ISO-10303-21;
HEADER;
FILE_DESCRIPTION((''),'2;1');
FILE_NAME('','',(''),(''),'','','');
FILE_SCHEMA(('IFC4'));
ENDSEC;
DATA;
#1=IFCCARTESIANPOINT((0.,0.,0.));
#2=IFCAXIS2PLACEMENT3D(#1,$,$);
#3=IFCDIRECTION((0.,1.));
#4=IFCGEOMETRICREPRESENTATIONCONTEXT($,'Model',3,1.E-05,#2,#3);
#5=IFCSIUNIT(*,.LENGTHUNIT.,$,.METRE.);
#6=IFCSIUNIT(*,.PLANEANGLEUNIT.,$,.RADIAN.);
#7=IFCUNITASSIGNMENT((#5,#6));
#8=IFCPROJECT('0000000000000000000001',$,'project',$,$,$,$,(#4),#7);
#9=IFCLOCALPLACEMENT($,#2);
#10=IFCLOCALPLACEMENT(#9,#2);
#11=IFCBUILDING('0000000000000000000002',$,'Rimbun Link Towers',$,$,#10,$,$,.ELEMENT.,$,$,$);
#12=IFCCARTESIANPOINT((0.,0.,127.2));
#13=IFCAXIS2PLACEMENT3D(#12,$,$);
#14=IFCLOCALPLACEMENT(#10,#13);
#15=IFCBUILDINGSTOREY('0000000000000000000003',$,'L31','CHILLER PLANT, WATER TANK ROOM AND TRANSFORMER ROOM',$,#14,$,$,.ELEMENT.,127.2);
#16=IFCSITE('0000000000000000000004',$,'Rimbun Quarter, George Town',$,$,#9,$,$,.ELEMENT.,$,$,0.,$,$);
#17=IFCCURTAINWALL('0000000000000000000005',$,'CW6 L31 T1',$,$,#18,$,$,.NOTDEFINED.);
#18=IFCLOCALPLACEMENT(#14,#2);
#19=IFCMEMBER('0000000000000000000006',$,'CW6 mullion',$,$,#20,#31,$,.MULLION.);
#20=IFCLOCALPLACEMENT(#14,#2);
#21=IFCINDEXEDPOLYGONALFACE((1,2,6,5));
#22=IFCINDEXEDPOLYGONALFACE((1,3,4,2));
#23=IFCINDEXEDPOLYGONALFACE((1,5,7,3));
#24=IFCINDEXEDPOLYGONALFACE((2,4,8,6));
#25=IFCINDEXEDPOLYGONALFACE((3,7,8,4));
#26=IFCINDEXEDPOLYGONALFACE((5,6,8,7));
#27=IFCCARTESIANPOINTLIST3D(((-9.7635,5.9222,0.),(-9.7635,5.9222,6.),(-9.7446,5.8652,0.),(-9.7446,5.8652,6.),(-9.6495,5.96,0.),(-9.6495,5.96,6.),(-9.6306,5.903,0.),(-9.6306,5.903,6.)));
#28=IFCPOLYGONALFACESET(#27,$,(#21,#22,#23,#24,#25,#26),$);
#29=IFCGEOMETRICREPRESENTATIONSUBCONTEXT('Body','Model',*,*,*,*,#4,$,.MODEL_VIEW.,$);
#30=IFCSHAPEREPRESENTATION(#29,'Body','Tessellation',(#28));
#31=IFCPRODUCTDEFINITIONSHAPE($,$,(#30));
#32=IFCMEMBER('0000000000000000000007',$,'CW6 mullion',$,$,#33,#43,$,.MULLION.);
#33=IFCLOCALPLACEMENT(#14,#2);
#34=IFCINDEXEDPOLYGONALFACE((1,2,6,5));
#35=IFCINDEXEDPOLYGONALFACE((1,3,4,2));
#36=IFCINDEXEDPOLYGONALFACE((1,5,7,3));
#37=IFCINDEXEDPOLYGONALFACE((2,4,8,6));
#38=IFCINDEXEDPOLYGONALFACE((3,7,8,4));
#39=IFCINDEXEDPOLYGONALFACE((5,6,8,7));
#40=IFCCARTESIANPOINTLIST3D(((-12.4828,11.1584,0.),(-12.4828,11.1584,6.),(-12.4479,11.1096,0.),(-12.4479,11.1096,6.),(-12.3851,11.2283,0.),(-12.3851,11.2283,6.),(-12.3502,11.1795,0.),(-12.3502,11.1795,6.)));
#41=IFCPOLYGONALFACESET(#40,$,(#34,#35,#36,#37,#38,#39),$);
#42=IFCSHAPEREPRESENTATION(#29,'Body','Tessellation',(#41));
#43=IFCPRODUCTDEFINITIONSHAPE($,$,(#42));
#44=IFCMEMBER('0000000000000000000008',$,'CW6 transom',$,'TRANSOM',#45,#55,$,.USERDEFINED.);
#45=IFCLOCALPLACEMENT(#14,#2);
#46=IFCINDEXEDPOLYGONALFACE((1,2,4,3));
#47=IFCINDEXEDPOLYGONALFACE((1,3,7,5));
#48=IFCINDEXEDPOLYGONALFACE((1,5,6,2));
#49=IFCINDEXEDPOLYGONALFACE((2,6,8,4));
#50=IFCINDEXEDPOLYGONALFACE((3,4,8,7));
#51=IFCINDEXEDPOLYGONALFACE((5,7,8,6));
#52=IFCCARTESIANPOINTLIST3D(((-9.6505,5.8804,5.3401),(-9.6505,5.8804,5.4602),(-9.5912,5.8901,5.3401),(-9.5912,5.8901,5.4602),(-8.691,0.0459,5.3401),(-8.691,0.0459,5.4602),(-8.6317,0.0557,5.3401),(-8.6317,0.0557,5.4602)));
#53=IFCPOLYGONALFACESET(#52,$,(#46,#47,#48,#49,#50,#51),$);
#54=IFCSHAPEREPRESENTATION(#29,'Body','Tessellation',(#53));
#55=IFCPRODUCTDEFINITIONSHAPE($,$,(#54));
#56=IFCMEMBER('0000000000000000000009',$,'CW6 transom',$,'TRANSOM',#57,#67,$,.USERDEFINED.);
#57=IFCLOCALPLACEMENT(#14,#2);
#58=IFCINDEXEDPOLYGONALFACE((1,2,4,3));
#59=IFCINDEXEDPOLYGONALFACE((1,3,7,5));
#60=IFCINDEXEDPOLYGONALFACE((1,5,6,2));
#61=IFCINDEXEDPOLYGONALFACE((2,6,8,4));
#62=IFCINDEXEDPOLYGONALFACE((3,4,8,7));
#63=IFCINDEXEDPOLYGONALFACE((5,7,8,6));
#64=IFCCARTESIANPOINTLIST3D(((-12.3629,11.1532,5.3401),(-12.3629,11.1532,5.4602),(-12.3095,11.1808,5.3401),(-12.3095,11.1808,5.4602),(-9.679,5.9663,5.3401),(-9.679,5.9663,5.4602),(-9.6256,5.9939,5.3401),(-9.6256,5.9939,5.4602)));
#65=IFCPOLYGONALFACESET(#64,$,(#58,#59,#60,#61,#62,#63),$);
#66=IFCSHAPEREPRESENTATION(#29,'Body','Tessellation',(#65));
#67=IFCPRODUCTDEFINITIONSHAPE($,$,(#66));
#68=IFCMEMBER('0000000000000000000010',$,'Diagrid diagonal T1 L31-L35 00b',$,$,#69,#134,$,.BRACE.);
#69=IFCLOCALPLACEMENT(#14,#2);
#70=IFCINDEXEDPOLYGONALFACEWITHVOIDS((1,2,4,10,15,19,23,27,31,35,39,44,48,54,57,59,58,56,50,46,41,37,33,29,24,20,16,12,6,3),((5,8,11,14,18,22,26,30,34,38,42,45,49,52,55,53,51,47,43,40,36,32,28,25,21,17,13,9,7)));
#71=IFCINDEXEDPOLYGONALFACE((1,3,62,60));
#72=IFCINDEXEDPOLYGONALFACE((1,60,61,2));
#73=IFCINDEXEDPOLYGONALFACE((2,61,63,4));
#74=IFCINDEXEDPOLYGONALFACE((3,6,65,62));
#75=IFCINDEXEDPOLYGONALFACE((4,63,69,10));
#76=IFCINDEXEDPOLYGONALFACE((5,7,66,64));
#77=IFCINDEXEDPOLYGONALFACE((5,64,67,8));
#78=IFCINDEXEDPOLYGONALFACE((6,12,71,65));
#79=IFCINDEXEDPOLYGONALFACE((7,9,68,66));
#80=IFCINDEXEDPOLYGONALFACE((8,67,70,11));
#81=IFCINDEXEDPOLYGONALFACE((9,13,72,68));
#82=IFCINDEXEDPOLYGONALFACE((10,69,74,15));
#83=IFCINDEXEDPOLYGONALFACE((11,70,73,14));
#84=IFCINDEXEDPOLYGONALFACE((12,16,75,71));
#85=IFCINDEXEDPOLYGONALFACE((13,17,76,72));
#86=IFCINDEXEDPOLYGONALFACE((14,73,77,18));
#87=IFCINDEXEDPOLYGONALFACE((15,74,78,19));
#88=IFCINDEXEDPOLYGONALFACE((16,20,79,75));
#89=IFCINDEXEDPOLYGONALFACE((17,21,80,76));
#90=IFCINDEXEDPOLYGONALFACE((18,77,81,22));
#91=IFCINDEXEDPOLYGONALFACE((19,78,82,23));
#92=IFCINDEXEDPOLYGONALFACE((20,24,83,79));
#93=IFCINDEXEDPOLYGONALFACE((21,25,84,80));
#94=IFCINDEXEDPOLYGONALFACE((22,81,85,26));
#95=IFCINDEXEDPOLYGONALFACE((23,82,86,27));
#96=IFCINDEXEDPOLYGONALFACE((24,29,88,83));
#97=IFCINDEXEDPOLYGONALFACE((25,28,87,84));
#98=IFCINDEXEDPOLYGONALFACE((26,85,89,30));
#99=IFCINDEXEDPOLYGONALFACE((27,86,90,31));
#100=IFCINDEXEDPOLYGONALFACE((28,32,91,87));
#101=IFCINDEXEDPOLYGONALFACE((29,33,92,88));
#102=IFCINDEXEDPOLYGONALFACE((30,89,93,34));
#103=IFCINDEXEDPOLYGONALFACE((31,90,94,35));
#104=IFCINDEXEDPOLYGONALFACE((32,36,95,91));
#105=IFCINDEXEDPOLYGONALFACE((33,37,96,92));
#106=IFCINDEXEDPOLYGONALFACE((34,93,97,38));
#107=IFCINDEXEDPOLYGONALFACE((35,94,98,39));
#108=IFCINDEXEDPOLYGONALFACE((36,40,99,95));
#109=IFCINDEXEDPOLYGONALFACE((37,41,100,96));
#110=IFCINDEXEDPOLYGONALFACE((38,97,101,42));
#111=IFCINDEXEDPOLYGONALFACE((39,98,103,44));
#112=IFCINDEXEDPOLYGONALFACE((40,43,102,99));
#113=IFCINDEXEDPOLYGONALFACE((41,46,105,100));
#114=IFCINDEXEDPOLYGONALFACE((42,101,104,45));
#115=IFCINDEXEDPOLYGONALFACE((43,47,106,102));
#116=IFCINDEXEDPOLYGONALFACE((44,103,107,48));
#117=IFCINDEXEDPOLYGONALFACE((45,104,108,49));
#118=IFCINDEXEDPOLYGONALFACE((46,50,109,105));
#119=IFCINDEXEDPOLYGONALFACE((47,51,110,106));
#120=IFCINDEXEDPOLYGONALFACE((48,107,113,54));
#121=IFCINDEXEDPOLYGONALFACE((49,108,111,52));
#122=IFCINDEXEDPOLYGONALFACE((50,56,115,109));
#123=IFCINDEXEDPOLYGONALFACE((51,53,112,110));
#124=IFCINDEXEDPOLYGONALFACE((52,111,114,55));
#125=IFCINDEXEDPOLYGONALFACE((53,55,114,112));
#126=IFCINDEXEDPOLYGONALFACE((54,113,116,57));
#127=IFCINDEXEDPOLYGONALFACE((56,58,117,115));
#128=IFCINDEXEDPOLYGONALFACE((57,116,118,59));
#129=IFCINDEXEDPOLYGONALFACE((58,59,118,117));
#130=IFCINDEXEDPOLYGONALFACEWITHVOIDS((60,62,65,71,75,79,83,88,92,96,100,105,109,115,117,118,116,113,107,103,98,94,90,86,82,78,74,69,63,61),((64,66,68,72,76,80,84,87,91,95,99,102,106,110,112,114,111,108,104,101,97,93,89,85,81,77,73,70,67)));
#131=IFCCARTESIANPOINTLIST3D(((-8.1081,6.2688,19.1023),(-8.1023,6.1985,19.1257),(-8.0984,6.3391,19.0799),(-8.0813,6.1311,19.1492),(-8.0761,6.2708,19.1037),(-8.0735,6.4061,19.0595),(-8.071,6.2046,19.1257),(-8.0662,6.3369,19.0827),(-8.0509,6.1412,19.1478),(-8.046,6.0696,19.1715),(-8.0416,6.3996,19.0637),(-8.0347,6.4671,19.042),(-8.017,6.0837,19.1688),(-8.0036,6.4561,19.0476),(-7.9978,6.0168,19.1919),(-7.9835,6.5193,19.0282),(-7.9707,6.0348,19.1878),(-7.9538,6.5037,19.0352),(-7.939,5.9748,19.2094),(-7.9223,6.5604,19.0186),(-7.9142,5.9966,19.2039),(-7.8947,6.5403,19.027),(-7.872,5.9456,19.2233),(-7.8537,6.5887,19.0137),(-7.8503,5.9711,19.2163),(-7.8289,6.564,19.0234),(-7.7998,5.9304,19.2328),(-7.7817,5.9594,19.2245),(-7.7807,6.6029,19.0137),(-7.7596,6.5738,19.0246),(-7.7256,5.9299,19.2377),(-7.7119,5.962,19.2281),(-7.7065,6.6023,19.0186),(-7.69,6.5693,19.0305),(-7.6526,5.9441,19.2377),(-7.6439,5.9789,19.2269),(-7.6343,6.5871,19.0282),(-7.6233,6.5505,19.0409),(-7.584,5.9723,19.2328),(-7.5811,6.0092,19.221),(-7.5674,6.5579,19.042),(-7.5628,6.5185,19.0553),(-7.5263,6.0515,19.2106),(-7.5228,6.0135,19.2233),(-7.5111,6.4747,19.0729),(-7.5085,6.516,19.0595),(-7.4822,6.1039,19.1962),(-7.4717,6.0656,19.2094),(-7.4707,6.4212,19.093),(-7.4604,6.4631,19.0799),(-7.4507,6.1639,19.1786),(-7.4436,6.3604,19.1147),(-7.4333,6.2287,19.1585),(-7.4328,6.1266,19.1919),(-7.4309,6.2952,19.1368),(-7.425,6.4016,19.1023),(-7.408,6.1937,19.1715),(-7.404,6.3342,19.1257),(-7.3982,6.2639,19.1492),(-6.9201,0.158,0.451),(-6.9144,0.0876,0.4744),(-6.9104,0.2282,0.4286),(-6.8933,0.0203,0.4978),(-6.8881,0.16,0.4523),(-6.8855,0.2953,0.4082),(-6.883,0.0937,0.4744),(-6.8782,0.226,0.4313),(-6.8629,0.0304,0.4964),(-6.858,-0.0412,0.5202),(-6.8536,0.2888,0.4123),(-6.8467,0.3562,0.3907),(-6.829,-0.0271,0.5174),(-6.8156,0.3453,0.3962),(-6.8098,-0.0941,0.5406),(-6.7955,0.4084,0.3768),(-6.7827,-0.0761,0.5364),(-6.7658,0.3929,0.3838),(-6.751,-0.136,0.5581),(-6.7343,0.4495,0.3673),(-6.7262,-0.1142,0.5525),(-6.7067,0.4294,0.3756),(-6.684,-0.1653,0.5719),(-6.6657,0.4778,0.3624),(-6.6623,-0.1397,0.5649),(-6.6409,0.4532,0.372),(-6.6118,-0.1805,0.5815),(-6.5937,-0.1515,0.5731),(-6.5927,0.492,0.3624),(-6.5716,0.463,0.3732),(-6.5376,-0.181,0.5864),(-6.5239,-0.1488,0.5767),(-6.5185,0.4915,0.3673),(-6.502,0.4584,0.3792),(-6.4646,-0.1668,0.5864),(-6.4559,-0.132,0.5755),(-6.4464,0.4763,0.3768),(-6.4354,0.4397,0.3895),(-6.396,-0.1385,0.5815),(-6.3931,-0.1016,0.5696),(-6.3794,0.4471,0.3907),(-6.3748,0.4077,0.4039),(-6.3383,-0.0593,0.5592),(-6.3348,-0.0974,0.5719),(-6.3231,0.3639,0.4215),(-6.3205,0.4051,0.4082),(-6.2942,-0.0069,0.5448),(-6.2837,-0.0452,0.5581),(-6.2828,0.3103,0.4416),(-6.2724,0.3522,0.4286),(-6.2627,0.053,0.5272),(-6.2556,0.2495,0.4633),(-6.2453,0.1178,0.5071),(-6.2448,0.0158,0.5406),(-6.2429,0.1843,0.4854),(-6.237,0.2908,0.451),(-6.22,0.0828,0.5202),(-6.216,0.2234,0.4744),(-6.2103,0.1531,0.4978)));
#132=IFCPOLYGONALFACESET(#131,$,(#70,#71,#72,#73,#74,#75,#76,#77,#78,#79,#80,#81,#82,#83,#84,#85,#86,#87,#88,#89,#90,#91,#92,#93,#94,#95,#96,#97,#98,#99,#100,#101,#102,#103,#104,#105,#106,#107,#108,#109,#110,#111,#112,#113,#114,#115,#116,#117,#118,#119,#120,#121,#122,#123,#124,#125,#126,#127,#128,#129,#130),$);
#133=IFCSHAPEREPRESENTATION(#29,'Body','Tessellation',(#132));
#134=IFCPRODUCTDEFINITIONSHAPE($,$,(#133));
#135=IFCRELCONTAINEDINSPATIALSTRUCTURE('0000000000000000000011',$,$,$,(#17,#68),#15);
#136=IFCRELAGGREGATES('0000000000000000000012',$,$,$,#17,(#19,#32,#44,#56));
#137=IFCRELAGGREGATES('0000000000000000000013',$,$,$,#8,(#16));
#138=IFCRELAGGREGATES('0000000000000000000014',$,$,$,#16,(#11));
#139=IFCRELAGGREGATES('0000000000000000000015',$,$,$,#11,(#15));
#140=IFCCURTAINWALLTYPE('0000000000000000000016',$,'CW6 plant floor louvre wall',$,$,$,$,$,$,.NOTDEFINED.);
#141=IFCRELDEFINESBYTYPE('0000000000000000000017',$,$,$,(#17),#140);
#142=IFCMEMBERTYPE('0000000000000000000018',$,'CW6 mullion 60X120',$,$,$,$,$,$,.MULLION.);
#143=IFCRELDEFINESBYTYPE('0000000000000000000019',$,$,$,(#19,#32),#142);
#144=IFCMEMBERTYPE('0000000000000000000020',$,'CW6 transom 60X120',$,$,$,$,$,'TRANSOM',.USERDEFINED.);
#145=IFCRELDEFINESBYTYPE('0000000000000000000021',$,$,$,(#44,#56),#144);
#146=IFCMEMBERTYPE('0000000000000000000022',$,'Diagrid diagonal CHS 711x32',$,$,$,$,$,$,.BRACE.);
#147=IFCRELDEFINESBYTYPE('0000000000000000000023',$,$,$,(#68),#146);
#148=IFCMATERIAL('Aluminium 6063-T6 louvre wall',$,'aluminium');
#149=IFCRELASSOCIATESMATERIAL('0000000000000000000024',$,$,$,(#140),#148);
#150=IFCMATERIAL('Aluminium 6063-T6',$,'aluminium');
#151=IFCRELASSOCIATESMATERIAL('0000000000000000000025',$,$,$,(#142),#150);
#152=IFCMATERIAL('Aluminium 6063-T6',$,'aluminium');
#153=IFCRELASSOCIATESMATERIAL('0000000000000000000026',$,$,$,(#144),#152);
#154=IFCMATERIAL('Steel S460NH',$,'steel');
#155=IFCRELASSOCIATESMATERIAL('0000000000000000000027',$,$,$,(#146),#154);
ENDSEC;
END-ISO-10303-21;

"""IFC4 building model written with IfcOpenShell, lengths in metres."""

from ifc_helpers import new_model, si_unit, direction, frame, origin, origin_2d, place, context, subcontext, project, spatial, rectangle, hollow_circle, extrude, material, material_profile, profile_set, type_object, element, aggregate, save


model = new_model("IFC4")

# Units and contexts
model_context = context("Model", 3, precision=1e-05, world=origin(), true_north=direction((0.0, 1.0)))
body_context = subcontext(model_context, "Body", "Model", "MODEL_VIEW")
ifc_project = project(units=[si_unit("LENGTHUNIT", "METRE"), si_unit("PLANEANGLEUNIT", "RADIAN")], contexts=[model_context])

# Site, building, storey
site_placement = place(None, origin())
site = spatial("IfcSite", under=ifc_project, at=site_placement, Name="Rimbun Quarter, George Town", CompositionType="ELEMENT", RefElevation=0.0)
building_placement = place(site_placement, origin())
building = spatial("IfcBuilding", under=site, at=building_placement, Name="Rimbun Link Towers", CompositionType="ELEMENT")
storey_placement = place(building_placement, frame((0.0, 0.0, 127.2)))
storey = spatial("IfcBuildingStorey", under=building, at=storey_placement, Name="L31", Description="CHILLER PLANT, WATER TANK ROOM AND TRANSFORMER ROOM", CompositionType="ELEMENT", Elevation=127.2)

# Curtain wall, members
ifc_material_1 = material(Name="Aluminium 6063-T6 louvre wall", Category="aluminium")
curtain_wall_type = type_object("IfcCurtainWallType", Name="CW6 plant floor louvre wall", PredefinedType="NOTDEFINED", material=ifc_material_1)
curtain_wall_placement = place(storey_placement, origin())
curtain_wall = element("IfcCurtainWall", 1, at=curtain_wall_placement, inside=storey, type_object=curtain_wall_type, Name="CW6 L31 T1", PredefinedType="NOTDEFINED")
ifc_material_2 = material(Name="Aluminium 6063-T6", Category="aluminium")
ifc_material_profile_1 = material_profile(ifc_material_2, rectangle(XDim=0.1201, YDim=0.0601, at=origin_2d()), Name="MULLION 60X120")
ifc_profile_set_1 = profile_set([ifc_material_profile_1], Name="Aluminium 6063-T6")
member_type_1 = type_object("IfcMemberType", Name="CW6 mullion 60X120", PredefinedType="MULLION", material=ifc_profile_set_1)
member_1_placement = place(storey_placement, frame((-9.697, 5.9126, 0.0), z_axis=(0.0, 0.0, 1.0), x_axis=(0.949163, 0.314784, 0.0)))
member_1 = element("IfcMember", 2, at=member_1_placement, type_object=member_type_1, Name="CW6 mullion", PredefinedType="MULLION", context=body_context, shape_type="SweptSolid", body=[
    extrude(rectangle(XDim=0.1201, YDim=0.0601, at=origin_2d()), origin(), (0.0, 0.0, 1.0), 6.0),
])
member_2_placement = place(storey_placement, frame((-12.4165, 11.1689, 0.0), z_axis=(0.0, 0.0, 1.0), x_axis=(0.813345, 0.581782, 0.0)))
member_2 = element("IfcMember", 3, at=member_2_placement, type_object=member_type_1, Name="CW6 mullion", PredefinedType="MULLION", context=body_context, shape_type="SweptSolid", body=[
    extrude(rectangle(XDim=0.1201, YDim=0.0601, at=origin_2d()), origin(), (0.0, 0.0, 1.0), 6.0),
])
ifc_material_3 = material(Name="Aluminium 6063-T6", Category="aluminium")
ifc_material_profile_2 = material_profile(ifc_material_3, rectangle(XDim=0.0601, YDim=0.1201, at=origin_2d()), Name="TRANSOM 60X120")
ifc_profile_set_2 = profile_set([ifc_material_profile_2], Name="Aluminium 6063-T6")
member_type_2 = type_object("IfcMemberType", Name="CW6 transom 60X120", ElementType="TRANSOM", PredefinedType="USERDEFINED", material=ifc_profile_set_2)
member_3_placement = place(storey_placement, frame((-9.6208, 5.8853, 5.4001), z_axis=(0.162269, -0.986746, 0.0), x_axis=(0.986746, 0.162269, 0.0)))
member_3 = element("IfcMember", 4, at=member_3_placement, type_object=member_type_2, Name="CW6 transom", ObjectType="TRANSOM", PredefinedType="USERDEFINED", context=body_context, shape_type="SweptSolid", body=[
    extrude(rectangle(XDim=0.0601, YDim=0.1201, at=origin_2d()), origin(), (0.0, 0.0, 1.0), 5.9128),
])
member_4_placement = place(storey_placement, frame((-12.3362, 11.167, 5.4001), z_axis=(0.459562, -0.888146, 0.0), x_axis=(0.888146, 0.459562, 0.0)))
member_4 = element("IfcMember", 5, at=member_4_placement, type_object=member_type_2, Name="CW6 transom", ObjectType="TRANSOM", PredefinedType="USERDEFINED", context=body_context, shape_type="SweptSolid", body=[
    extrude(rectangle(XDim=0.0601, YDim=0.1201, at=origin_2d()), origin(), (0.0, 0.0, 1.0), 5.8401),
])

# Member
ifc_material_4 = material(Name="Steel S460NH", Category="steel")
ifc_material_profile_3 = material_profile(ifc_material_4, hollow_circle(Radius=0.3557, WallThickness=0.032, at=origin_2d()), Name="Diagrid diagonal CHS 711x32")
ifc_profile_set_3 = profile_set([ifc_material_profile_3], Name="Steel S460NH")
member_type_3 = type_object("IfcMemberType", Name="Diagrid diagonal CHS 711x32", PredefinedType="BRACE", material=ifc_profile_set_3)
member_5_placement = place(storey_placement, frame((-6.5652, 0.1555, 0.4744), z_axis=(-0.060418, 0.310781, 0.948559), x_axis=(-0.981622, -0.190834, 0.0)))
element("IfcMember", 6, at=member_5_placement, inside=storey, type_object=member_type_3, Name="Diagrid diagonal T1 L31-L35 00b", PredefinedType="BRACE", context=body_context, shape_type="SweptSolid", body=[
    extrude(hollow_circle(Radius=0.3557, WallThickness=0.032, at=origin_2d()), origin(), (0.0, 0.0, 1.0), 19.6628),
])

aggregate(curtain_wall, [member_1, member_2, member_3, member_4])

save(model, "model.ifc")
